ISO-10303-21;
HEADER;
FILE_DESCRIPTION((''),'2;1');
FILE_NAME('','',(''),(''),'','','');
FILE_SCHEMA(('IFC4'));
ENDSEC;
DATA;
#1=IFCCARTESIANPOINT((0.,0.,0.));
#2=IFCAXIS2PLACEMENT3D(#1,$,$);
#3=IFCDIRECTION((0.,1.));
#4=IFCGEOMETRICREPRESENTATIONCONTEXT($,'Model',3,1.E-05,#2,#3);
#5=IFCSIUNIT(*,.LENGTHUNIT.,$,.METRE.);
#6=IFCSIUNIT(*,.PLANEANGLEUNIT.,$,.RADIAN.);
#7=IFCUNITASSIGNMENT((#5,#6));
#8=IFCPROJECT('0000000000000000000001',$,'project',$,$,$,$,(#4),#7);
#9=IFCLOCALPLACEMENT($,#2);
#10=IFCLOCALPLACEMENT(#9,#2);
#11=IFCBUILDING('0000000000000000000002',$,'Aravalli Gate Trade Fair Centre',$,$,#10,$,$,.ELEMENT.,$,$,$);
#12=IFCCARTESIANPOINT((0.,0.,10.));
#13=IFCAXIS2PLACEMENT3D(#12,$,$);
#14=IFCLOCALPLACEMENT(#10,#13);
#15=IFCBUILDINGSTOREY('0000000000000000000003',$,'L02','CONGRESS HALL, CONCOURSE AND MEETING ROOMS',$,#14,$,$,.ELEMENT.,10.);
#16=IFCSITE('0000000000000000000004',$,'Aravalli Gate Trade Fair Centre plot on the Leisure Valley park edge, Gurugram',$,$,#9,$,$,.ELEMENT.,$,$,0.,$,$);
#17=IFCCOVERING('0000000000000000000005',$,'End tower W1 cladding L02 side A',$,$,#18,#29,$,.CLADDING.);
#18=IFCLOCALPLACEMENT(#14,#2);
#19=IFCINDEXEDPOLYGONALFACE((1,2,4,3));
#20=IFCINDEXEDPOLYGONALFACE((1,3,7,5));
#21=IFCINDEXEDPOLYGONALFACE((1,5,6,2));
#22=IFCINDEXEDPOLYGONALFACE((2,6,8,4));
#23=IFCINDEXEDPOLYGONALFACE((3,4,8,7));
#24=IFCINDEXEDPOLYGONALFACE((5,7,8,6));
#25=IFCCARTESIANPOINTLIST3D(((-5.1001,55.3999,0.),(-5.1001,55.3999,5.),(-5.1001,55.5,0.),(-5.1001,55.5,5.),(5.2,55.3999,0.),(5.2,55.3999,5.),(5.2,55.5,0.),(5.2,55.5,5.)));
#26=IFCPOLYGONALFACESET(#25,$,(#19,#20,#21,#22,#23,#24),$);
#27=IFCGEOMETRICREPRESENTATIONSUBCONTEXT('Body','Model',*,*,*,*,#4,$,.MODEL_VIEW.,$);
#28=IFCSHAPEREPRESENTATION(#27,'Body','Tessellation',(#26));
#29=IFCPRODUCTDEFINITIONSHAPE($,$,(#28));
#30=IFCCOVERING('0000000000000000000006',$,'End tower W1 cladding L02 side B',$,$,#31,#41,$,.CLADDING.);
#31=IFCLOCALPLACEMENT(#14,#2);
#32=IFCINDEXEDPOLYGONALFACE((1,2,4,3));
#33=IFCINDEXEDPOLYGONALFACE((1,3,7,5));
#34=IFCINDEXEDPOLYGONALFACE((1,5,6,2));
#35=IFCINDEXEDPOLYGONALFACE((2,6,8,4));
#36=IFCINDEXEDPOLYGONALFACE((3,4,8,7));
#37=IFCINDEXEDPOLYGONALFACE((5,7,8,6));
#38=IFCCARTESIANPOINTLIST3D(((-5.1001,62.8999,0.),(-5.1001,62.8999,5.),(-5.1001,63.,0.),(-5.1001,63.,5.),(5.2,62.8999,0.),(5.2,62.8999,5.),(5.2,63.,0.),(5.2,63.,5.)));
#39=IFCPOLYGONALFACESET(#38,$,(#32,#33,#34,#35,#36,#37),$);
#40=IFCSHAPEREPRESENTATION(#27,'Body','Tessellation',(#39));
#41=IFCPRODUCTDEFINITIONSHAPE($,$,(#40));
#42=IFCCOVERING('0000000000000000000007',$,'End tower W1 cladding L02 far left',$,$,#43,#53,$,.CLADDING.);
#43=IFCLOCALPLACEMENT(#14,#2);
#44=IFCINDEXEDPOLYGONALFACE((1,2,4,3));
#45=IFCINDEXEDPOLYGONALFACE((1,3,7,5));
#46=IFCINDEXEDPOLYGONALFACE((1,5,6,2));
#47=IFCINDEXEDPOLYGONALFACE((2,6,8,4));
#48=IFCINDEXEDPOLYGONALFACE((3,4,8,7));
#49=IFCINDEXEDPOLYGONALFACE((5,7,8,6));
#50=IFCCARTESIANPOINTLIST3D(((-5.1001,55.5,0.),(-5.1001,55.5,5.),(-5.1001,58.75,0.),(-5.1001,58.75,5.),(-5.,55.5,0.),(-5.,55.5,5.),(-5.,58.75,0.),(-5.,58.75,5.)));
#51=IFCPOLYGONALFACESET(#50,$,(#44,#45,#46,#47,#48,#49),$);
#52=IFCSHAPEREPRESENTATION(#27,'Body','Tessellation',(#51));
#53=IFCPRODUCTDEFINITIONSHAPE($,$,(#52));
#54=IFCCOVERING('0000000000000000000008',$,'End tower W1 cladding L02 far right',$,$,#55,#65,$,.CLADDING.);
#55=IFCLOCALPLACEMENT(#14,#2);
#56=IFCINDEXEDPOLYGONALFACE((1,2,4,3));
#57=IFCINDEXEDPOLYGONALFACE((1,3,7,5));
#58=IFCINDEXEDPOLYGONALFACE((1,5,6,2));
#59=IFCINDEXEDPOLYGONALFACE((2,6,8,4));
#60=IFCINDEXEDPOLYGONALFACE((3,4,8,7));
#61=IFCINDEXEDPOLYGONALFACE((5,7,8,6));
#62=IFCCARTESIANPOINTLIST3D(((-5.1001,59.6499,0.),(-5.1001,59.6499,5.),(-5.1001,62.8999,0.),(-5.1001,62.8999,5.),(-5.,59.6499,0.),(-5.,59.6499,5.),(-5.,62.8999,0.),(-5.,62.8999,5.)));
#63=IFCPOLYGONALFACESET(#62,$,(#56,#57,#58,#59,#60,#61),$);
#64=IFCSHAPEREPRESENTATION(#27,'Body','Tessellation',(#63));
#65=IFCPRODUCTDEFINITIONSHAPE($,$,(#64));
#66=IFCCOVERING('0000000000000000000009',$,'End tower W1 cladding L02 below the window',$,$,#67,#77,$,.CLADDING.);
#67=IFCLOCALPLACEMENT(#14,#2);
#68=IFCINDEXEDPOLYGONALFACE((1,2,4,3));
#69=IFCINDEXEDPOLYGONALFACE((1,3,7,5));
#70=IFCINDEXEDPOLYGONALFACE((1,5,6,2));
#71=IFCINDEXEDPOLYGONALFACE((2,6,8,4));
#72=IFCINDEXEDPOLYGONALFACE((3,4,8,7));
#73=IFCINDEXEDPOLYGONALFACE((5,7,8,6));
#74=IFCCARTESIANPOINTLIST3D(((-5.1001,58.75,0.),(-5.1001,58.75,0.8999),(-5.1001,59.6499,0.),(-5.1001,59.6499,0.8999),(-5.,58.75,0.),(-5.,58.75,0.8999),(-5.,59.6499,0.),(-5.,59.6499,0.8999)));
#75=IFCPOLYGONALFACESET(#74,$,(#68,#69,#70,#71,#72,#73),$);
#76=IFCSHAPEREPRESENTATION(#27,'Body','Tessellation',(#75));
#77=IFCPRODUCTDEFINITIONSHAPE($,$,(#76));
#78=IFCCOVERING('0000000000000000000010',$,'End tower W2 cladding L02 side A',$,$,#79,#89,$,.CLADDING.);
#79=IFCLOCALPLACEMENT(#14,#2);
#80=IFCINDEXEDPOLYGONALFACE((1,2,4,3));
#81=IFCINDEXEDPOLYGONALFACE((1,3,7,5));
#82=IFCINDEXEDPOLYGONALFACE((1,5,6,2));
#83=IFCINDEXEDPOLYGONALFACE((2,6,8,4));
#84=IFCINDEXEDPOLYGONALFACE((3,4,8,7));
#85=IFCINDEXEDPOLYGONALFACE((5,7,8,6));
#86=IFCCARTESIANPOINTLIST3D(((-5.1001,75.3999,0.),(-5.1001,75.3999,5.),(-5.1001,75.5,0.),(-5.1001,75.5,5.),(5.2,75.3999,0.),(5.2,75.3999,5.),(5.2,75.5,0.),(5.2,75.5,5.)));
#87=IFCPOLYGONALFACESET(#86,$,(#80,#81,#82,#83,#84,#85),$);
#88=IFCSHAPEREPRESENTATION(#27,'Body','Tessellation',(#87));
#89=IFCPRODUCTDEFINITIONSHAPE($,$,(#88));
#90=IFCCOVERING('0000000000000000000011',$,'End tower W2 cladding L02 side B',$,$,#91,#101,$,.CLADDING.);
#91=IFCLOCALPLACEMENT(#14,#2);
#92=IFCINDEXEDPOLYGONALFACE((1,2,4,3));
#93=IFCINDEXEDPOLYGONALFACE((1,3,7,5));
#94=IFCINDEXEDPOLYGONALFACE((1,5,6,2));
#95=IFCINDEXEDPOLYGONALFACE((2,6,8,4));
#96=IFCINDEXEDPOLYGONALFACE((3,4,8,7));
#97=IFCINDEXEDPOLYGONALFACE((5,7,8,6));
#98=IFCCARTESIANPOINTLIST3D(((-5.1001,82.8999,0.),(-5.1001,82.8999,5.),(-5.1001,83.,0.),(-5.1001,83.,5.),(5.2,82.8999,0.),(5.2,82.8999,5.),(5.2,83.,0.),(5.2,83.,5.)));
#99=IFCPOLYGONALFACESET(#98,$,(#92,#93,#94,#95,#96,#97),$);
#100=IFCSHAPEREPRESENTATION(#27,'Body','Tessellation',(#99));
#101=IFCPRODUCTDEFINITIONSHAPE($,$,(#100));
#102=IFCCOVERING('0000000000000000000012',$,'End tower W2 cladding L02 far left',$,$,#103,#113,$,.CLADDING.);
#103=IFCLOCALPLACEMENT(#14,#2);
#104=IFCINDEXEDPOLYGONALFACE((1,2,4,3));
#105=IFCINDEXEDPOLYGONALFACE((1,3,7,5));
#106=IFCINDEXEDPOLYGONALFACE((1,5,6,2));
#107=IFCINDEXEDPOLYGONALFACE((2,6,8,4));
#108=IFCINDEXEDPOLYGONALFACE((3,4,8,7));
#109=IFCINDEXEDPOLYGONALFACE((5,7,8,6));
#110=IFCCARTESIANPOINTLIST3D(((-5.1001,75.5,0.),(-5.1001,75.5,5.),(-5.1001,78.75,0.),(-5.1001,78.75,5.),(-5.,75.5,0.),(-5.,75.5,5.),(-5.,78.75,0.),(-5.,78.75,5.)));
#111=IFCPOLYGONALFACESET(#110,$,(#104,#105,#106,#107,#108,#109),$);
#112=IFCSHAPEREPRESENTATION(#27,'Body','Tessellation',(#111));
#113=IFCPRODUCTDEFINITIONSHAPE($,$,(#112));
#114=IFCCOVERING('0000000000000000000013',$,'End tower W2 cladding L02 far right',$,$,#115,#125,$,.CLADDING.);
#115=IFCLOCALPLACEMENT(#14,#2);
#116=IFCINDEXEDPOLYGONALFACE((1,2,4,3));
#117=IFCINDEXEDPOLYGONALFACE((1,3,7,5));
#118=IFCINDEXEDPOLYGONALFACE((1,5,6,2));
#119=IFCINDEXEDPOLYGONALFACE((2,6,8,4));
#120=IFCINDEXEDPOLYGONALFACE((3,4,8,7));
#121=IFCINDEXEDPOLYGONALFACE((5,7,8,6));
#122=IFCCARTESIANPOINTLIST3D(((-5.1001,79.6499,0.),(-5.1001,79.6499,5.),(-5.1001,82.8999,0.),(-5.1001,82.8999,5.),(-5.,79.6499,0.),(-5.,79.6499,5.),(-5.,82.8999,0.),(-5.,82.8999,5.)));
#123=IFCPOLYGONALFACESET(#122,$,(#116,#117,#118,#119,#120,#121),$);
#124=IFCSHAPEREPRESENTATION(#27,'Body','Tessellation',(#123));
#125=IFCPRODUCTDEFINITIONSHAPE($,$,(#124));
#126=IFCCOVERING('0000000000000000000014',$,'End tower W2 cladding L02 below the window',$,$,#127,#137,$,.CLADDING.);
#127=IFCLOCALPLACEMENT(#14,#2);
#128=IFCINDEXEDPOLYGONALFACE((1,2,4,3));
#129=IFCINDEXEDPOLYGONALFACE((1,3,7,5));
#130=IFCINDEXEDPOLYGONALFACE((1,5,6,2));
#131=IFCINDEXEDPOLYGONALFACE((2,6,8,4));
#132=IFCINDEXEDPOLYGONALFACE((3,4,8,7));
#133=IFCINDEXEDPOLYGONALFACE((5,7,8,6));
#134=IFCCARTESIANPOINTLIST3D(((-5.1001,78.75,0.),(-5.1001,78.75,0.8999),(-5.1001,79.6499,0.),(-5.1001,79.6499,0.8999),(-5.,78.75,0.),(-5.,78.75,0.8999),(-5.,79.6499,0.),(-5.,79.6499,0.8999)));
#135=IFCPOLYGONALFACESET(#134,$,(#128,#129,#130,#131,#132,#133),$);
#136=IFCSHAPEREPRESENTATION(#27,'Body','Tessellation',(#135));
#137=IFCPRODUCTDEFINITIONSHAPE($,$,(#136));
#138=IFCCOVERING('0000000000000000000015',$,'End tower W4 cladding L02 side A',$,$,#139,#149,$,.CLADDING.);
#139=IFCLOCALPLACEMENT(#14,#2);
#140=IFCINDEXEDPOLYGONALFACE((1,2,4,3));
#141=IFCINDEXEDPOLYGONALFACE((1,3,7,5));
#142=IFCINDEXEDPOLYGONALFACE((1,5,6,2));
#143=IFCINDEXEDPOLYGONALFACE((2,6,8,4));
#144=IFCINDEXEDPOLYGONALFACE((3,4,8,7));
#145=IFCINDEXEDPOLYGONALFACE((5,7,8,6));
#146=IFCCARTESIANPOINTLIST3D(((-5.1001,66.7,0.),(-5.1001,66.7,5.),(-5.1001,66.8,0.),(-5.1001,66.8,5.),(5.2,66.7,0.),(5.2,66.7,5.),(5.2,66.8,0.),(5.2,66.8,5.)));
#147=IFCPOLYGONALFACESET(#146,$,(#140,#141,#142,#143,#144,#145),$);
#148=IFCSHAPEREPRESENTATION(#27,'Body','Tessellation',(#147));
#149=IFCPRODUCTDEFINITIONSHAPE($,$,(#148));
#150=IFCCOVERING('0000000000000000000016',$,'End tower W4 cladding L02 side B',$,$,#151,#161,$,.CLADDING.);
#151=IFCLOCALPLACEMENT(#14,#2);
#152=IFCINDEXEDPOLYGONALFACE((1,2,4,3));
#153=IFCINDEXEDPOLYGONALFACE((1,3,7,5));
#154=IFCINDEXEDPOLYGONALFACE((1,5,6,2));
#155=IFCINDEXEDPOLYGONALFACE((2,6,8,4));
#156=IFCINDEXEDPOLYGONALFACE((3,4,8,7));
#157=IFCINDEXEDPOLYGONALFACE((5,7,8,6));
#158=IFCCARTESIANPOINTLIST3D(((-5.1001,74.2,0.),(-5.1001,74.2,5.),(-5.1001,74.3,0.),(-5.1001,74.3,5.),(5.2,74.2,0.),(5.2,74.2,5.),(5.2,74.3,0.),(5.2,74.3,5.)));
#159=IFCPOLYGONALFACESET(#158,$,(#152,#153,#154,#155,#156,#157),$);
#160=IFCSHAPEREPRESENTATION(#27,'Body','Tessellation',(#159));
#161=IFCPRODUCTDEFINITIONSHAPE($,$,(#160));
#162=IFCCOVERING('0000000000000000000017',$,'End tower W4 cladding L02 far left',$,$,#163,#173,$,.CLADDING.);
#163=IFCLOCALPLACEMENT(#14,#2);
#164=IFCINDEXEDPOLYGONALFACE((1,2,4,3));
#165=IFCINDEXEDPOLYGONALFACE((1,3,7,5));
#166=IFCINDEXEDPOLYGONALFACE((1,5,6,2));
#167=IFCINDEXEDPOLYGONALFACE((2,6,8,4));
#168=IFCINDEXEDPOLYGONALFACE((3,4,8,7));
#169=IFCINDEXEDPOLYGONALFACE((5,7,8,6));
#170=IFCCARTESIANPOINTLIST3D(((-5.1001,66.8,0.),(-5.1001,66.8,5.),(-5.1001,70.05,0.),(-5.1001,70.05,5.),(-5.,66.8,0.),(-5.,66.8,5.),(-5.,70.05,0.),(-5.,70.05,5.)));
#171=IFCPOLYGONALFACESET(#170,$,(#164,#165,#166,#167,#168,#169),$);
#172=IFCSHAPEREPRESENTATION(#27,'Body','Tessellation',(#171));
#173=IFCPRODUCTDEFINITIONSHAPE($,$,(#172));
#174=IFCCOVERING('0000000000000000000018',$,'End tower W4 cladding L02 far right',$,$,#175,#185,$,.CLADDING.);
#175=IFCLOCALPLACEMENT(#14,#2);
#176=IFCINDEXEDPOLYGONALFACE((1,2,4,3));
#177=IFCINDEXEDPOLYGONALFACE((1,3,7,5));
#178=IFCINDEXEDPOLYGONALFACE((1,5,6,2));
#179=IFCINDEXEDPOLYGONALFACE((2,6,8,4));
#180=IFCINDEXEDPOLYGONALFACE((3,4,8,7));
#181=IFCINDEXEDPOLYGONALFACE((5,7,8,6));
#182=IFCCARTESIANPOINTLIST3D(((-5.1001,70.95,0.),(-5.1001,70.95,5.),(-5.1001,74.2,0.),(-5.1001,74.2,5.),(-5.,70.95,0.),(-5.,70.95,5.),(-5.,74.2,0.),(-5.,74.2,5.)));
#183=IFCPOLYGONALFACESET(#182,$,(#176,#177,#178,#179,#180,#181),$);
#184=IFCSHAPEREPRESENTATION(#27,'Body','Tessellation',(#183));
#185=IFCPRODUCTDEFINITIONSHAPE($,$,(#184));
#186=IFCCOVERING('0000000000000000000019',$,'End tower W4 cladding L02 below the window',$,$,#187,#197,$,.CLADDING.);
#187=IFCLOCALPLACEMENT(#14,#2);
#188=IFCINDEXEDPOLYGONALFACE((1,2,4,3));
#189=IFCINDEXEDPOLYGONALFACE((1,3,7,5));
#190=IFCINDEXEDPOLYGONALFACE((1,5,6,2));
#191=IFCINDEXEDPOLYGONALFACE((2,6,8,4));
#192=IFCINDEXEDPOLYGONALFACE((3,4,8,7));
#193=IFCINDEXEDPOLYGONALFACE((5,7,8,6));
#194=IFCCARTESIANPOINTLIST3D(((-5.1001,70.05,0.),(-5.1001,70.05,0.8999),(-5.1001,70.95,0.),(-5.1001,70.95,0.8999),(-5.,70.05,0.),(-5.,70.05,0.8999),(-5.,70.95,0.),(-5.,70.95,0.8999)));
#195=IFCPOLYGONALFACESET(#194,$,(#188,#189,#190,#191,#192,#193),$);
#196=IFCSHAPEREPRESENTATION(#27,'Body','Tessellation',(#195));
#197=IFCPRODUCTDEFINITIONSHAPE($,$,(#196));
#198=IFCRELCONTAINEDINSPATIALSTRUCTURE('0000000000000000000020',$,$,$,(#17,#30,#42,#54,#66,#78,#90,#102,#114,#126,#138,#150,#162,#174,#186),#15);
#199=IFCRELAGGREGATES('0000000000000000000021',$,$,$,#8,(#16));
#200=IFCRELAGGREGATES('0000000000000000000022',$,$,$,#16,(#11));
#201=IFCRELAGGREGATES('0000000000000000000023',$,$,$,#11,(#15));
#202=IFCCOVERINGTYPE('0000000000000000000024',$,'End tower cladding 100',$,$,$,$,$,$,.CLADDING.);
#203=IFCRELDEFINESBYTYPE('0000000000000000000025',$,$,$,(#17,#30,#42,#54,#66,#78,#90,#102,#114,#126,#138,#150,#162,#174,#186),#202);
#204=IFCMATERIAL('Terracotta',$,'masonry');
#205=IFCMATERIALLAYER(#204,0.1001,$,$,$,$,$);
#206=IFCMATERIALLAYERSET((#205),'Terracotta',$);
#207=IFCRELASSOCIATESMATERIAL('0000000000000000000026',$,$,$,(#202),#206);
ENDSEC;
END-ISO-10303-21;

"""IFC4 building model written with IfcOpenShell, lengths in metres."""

from ifc_helpers import new_model, si_unit, direction, frame, origin, place, context, subcontext, project, spatial, polyline, outline, extrude, material, layer, layer_set, type_object, element, save


model = new_model("IFC4")

# Units and contexts
model_context = context("Model", 3, precision=1e-05, world=origin(), true_north=direction((0.0, 1.0)))
body_context = subcontext(model_context, "Body", "Model", "MODEL_VIEW")
ifc_project = project(units=[si_unit("LENGTHUNIT", "METRE"), si_unit("PLANEANGLEUNIT", "RADIAN")], contexts=[model_context])

# Site, building, storey
site_placement = place(None, origin())
site = spatial("IfcSite", under=ifc_project, at=site_placement, Name="Aravalli Gate Trade Fair Centre plot on the Leisure Valley park edge, Gurugram", CompositionType="ELEMENT", RefElevation=0.0)
building_placement = place(site_placement, origin())
building = spatial("IfcBuilding", under=site, at=building_placement, Name="Aravalli Gate Trade Fair Centre", CompositionType="ELEMENT")
storey_placement = place(building_placement, frame((0.0, 0.0, 10.0)))
storey = spatial("IfcBuildingStorey", under=building, at=storey_placement, Name="L02", Description="CONGRESS HALL, CONCOURSE AND MEETING ROOMS", CompositionType="ELEMENT", Elevation=10.0)

# Coverings
ifc_material = material(Name="Terracotta", Category="masonry")
ifc_layer_1 = layer(ifc_material, 0.1001)
ifc_layer_set_1 = layer_set([ifc_layer_1], Name="Terracotta")
covering_type_1 = type_object("IfcCoveringType", Name="End tower cladding 100", PredefinedType="CLADDING", material=ifc_layer_set_1)
covering_1_placement = place(storey_placement, origin())
element("IfcCovering", 1, at=covering_1_placement, inside=storey, type_object=covering_type_1, Name="End tower W1 cladding L02 side A", PredefinedType="CLADDING", context=body_context, shape_type="SweptSolid", body=[
    extrude(outline(polyline([(5.2, 55.3999), (-5.1001, 55.3999), (-5.1001, 55.5), (5.2, 55.5), (5.2, 55.3999)])), origin(), (0.0, 0.0, 1.0), 5.0),
])
covering_2_placement = place(storey_placement, origin())
element("IfcCovering", 2, at=covering_2_placement, inside=storey, type_object=covering_type_1, Name="End tower W1 cladding L02 side B", PredefinedType="CLADDING", context=body_context, shape_type="SweptSolid", body=[
    extrude(outline(polyline([(5.2, 62.8999), (-5.1001, 62.8999), (-5.1001, 63.0), (5.2, 63.0), (5.2, 62.8999)])), origin(), (0.0, 0.0, 1.0), 5.0),
])
covering_3_placement = place(storey_placement, origin())
element("IfcCovering", 3, at=covering_3_placement, inside=storey, type_object=covering_type_1, Name="End tower W1 cladding L02 far left", PredefinedType="CLADDING", context=body_context, shape_type="SweptSolid", body=[
    extrude(outline(polyline([(-5.0, 55.5), (-5.1001, 55.5), (-5.1001, 58.75), (-5.0, 58.75), (-5.0, 55.5)])), origin(), (0.0, 0.0, 1.0), 5.0),
])
covering_4_placement = place(storey_placement, origin())
element("IfcCovering", 4, at=covering_4_placement, inside=storey, type_object=covering_type_1, Name="End tower W1 cladding L02 far right", PredefinedType="CLADDING", context=body_context, shape_type="SweptSolid", body=[
    extrude(outline(polyline([(-5.0, 59.6499), (-5.1001, 59.6499), (-5.1001, 62.8999), (-5.0, 62.8999), (-5.0, 59.6499)])), origin(), (0.0, 0.0, 1.0), 5.0),
])
covering_5_placement = place(storey_placement, origin())
element("IfcCovering", 5, at=covering_5_placement, inside=storey, type_object=covering_type_1, Name="End tower W1 cladding L02 below the window", PredefinedType="CLADDING", context=body_context, shape_type="SweptSolid", body=[
    extrude(outline(polyline([(-5.0, 58.75), (-5.1001, 58.75), (-5.1001, 59.6499), (-5.0, 59.6499), (-5.0, 58.75)])), origin(), (0.0, 0.0, 1.0), 0.8999),
])
covering_6_placement = place(storey_placement, origin())
element("IfcCovering", 6, at=covering_6_placement, inside=storey, type_object=covering_type_1, Name="End tower W2 cladding L02 side A", PredefinedType="CLADDING", context=body_context, shape_type="SweptSolid", body=[
    extrude(outline(polyline([(5.2, 75.3999), (-5.1001, 75.3999), (-5.1001, 75.5), (5.2, 75.5), (5.2, 75.3999)])), origin(), (0.0, 0.0, 1.0), 5.0),
])
covering_7_placement = place(storey_placement, origin())
element("IfcCovering", 7, at=covering_7_placement, inside=storey, type_object=covering_type_1, Name="End tower W2 cladding L02 side B", PredefinedType="CLADDING", context=body_context, shape_type="SweptSolid", body=[
    extrude(outline(polyline([(5.2, 82.8999), (-5.1001, 82.8999), (-5.1001, 83.0), (5.2, 83.0), (5.2, 82.8999)])), origin(), (0.0, 0.0, 1.0), 5.0),
])
covering_8_placement = place(storey_placement, origin())
element("IfcCovering", 8, at=covering_8_placement, inside=storey, type_object=covering_type_1, Name="End tower W2 cladding L02 far left", PredefinedType="CLADDING", context=body_context, shape_type="SweptSolid", body=[
    extrude(outline(polyline([(-5.0, 75.5), (-5.1001, 75.5), (-5.1001, 78.75), (-5.0, 78.75), (-5.0, 75.5)])), origin(), (0.0, 0.0, 1.0), 5.0),
])
covering_9_placement = place(storey_placement, origin())
element("IfcCovering", 9, at=covering_9_placement, inside=storey, type_object=covering_type_1, Name="End tower W2 cladding L02 far right", PredefinedType="CLADDING", context=body_context, shape_type="SweptSolid", body=[
    extrude(outline(polyline([(-5.0, 79.6499), (-5.1001, 79.6499), (-5.1001, 82.8999), (-5.0, 82.8999), (-5.0, 79.6499)])), origin(), (0.0, 0.0, 1.0), 5.0),
])
covering_10_placement = place(storey_placement, origin())
element("IfcCovering", 10, at=covering_10_placement, inside=storey, type_object=covering_type_1, Name="End tower W2 cladding L02 below the window", PredefinedType="CLADDING", context=body_context, shape_type="SweptSolid", body=[
    extrude(outline(polyline([(-5.0, 78.75), (-5.1001, 78.75), (-5.1001, 79.6499), (-5.0, 79.6499), (-5.0, 78.75)])), origin(), (0.0, 0.0, 1.0), 0.8999),
])
covering_11_placement = place(storey_placement, origin())
element("IfcCovering", 11, at=covering_11_placement, inside=storey, type_object=covering_type_1, Name="End tower W4 cladding L02 side A", PredefinedType="CLADDING", context=body_context, shape_type="SweptSolid", body=[
    extrude(outline(polyline([(5.2, 66.7), (-5.1001, 66.7), (-5.1001, 66.8), (5.2, 66.8), (5.2, 66.7)])), origin(), (0.0, 0.0, 1.0), 5.0),
])
covering_12_placement = place(storey_placement, origin())
element("IfcCovering", 12, at=covering_12_placement, inside=storey, type_object=covering_type_1, Name="End tower W4 cladding L02 side B", PredefinedType="CLADDING", context=body_context, shape_type="SweptSolid", body=[
    extrude(outline(polyline([(5.2, 74.2), (-5.1001, 74.2), (-5.1001, 74.3), (5.2, 74.3), (5.2, 74.2)])), origin(), (0.0, 0.0, 1.0), 5.0),
])
covering_13_placement = place(storey_placement, origin())
element("IfcCovering", 13, at=covering_13_placement, inside=storey, type_object=covering_type_1, Name="End tower W4 cladding L02 far left", PredefinedType="CLADDING", context=body_context, shape_type="SweptSolid", body=[
    extrude(outline(polyline([(-5.0, 66.8), (-5.1001, 66.8), (-5.1001, 70.05), (-5.0, 70.05), (-5.0, 66.8)])), origin(), (0.0, 0.0, 1.0), 5.0),
])
covering_14_placement = place(storey_placement, origin())
element("IfcCovering", 14, at=covering_14_placement, inside=storey, type_object=covering_type_1, Name="End tower W4 cladding L02 far right", PredefinedType="CLADDING", context=body_context, shape_type="SweptSolid", body=[
    extrude(outline(polyline([(-5.0, 70.95), (-5.1001, 70.95), (-5.1001, 74.2), (-5.0, 74.2), (-5.0, 70.95)])), origin(), (0.0, 0.0, 1.0), 5.0),
])
covering_15_placement = place(storey_placement, origin())
element("IfcCovering", 15, at=covering_15_placement, inside=storey, type_object=covering_type_1, Name="End tower W4 cladding L02 below the window", PredefinedType="CLADDING", context=body_context, shape_type="SweptSolid", body=[
    extrude(outline(polyline([(-5.0, 70.05), (-5.1001, 70.05), (-5.1001, 70.95), (-5.0, 70.95), (-5.0, 70.05)])), origin(), (0.0, 0.0, 1.0), 0.8999),
])

save(model, "model.ifc")
